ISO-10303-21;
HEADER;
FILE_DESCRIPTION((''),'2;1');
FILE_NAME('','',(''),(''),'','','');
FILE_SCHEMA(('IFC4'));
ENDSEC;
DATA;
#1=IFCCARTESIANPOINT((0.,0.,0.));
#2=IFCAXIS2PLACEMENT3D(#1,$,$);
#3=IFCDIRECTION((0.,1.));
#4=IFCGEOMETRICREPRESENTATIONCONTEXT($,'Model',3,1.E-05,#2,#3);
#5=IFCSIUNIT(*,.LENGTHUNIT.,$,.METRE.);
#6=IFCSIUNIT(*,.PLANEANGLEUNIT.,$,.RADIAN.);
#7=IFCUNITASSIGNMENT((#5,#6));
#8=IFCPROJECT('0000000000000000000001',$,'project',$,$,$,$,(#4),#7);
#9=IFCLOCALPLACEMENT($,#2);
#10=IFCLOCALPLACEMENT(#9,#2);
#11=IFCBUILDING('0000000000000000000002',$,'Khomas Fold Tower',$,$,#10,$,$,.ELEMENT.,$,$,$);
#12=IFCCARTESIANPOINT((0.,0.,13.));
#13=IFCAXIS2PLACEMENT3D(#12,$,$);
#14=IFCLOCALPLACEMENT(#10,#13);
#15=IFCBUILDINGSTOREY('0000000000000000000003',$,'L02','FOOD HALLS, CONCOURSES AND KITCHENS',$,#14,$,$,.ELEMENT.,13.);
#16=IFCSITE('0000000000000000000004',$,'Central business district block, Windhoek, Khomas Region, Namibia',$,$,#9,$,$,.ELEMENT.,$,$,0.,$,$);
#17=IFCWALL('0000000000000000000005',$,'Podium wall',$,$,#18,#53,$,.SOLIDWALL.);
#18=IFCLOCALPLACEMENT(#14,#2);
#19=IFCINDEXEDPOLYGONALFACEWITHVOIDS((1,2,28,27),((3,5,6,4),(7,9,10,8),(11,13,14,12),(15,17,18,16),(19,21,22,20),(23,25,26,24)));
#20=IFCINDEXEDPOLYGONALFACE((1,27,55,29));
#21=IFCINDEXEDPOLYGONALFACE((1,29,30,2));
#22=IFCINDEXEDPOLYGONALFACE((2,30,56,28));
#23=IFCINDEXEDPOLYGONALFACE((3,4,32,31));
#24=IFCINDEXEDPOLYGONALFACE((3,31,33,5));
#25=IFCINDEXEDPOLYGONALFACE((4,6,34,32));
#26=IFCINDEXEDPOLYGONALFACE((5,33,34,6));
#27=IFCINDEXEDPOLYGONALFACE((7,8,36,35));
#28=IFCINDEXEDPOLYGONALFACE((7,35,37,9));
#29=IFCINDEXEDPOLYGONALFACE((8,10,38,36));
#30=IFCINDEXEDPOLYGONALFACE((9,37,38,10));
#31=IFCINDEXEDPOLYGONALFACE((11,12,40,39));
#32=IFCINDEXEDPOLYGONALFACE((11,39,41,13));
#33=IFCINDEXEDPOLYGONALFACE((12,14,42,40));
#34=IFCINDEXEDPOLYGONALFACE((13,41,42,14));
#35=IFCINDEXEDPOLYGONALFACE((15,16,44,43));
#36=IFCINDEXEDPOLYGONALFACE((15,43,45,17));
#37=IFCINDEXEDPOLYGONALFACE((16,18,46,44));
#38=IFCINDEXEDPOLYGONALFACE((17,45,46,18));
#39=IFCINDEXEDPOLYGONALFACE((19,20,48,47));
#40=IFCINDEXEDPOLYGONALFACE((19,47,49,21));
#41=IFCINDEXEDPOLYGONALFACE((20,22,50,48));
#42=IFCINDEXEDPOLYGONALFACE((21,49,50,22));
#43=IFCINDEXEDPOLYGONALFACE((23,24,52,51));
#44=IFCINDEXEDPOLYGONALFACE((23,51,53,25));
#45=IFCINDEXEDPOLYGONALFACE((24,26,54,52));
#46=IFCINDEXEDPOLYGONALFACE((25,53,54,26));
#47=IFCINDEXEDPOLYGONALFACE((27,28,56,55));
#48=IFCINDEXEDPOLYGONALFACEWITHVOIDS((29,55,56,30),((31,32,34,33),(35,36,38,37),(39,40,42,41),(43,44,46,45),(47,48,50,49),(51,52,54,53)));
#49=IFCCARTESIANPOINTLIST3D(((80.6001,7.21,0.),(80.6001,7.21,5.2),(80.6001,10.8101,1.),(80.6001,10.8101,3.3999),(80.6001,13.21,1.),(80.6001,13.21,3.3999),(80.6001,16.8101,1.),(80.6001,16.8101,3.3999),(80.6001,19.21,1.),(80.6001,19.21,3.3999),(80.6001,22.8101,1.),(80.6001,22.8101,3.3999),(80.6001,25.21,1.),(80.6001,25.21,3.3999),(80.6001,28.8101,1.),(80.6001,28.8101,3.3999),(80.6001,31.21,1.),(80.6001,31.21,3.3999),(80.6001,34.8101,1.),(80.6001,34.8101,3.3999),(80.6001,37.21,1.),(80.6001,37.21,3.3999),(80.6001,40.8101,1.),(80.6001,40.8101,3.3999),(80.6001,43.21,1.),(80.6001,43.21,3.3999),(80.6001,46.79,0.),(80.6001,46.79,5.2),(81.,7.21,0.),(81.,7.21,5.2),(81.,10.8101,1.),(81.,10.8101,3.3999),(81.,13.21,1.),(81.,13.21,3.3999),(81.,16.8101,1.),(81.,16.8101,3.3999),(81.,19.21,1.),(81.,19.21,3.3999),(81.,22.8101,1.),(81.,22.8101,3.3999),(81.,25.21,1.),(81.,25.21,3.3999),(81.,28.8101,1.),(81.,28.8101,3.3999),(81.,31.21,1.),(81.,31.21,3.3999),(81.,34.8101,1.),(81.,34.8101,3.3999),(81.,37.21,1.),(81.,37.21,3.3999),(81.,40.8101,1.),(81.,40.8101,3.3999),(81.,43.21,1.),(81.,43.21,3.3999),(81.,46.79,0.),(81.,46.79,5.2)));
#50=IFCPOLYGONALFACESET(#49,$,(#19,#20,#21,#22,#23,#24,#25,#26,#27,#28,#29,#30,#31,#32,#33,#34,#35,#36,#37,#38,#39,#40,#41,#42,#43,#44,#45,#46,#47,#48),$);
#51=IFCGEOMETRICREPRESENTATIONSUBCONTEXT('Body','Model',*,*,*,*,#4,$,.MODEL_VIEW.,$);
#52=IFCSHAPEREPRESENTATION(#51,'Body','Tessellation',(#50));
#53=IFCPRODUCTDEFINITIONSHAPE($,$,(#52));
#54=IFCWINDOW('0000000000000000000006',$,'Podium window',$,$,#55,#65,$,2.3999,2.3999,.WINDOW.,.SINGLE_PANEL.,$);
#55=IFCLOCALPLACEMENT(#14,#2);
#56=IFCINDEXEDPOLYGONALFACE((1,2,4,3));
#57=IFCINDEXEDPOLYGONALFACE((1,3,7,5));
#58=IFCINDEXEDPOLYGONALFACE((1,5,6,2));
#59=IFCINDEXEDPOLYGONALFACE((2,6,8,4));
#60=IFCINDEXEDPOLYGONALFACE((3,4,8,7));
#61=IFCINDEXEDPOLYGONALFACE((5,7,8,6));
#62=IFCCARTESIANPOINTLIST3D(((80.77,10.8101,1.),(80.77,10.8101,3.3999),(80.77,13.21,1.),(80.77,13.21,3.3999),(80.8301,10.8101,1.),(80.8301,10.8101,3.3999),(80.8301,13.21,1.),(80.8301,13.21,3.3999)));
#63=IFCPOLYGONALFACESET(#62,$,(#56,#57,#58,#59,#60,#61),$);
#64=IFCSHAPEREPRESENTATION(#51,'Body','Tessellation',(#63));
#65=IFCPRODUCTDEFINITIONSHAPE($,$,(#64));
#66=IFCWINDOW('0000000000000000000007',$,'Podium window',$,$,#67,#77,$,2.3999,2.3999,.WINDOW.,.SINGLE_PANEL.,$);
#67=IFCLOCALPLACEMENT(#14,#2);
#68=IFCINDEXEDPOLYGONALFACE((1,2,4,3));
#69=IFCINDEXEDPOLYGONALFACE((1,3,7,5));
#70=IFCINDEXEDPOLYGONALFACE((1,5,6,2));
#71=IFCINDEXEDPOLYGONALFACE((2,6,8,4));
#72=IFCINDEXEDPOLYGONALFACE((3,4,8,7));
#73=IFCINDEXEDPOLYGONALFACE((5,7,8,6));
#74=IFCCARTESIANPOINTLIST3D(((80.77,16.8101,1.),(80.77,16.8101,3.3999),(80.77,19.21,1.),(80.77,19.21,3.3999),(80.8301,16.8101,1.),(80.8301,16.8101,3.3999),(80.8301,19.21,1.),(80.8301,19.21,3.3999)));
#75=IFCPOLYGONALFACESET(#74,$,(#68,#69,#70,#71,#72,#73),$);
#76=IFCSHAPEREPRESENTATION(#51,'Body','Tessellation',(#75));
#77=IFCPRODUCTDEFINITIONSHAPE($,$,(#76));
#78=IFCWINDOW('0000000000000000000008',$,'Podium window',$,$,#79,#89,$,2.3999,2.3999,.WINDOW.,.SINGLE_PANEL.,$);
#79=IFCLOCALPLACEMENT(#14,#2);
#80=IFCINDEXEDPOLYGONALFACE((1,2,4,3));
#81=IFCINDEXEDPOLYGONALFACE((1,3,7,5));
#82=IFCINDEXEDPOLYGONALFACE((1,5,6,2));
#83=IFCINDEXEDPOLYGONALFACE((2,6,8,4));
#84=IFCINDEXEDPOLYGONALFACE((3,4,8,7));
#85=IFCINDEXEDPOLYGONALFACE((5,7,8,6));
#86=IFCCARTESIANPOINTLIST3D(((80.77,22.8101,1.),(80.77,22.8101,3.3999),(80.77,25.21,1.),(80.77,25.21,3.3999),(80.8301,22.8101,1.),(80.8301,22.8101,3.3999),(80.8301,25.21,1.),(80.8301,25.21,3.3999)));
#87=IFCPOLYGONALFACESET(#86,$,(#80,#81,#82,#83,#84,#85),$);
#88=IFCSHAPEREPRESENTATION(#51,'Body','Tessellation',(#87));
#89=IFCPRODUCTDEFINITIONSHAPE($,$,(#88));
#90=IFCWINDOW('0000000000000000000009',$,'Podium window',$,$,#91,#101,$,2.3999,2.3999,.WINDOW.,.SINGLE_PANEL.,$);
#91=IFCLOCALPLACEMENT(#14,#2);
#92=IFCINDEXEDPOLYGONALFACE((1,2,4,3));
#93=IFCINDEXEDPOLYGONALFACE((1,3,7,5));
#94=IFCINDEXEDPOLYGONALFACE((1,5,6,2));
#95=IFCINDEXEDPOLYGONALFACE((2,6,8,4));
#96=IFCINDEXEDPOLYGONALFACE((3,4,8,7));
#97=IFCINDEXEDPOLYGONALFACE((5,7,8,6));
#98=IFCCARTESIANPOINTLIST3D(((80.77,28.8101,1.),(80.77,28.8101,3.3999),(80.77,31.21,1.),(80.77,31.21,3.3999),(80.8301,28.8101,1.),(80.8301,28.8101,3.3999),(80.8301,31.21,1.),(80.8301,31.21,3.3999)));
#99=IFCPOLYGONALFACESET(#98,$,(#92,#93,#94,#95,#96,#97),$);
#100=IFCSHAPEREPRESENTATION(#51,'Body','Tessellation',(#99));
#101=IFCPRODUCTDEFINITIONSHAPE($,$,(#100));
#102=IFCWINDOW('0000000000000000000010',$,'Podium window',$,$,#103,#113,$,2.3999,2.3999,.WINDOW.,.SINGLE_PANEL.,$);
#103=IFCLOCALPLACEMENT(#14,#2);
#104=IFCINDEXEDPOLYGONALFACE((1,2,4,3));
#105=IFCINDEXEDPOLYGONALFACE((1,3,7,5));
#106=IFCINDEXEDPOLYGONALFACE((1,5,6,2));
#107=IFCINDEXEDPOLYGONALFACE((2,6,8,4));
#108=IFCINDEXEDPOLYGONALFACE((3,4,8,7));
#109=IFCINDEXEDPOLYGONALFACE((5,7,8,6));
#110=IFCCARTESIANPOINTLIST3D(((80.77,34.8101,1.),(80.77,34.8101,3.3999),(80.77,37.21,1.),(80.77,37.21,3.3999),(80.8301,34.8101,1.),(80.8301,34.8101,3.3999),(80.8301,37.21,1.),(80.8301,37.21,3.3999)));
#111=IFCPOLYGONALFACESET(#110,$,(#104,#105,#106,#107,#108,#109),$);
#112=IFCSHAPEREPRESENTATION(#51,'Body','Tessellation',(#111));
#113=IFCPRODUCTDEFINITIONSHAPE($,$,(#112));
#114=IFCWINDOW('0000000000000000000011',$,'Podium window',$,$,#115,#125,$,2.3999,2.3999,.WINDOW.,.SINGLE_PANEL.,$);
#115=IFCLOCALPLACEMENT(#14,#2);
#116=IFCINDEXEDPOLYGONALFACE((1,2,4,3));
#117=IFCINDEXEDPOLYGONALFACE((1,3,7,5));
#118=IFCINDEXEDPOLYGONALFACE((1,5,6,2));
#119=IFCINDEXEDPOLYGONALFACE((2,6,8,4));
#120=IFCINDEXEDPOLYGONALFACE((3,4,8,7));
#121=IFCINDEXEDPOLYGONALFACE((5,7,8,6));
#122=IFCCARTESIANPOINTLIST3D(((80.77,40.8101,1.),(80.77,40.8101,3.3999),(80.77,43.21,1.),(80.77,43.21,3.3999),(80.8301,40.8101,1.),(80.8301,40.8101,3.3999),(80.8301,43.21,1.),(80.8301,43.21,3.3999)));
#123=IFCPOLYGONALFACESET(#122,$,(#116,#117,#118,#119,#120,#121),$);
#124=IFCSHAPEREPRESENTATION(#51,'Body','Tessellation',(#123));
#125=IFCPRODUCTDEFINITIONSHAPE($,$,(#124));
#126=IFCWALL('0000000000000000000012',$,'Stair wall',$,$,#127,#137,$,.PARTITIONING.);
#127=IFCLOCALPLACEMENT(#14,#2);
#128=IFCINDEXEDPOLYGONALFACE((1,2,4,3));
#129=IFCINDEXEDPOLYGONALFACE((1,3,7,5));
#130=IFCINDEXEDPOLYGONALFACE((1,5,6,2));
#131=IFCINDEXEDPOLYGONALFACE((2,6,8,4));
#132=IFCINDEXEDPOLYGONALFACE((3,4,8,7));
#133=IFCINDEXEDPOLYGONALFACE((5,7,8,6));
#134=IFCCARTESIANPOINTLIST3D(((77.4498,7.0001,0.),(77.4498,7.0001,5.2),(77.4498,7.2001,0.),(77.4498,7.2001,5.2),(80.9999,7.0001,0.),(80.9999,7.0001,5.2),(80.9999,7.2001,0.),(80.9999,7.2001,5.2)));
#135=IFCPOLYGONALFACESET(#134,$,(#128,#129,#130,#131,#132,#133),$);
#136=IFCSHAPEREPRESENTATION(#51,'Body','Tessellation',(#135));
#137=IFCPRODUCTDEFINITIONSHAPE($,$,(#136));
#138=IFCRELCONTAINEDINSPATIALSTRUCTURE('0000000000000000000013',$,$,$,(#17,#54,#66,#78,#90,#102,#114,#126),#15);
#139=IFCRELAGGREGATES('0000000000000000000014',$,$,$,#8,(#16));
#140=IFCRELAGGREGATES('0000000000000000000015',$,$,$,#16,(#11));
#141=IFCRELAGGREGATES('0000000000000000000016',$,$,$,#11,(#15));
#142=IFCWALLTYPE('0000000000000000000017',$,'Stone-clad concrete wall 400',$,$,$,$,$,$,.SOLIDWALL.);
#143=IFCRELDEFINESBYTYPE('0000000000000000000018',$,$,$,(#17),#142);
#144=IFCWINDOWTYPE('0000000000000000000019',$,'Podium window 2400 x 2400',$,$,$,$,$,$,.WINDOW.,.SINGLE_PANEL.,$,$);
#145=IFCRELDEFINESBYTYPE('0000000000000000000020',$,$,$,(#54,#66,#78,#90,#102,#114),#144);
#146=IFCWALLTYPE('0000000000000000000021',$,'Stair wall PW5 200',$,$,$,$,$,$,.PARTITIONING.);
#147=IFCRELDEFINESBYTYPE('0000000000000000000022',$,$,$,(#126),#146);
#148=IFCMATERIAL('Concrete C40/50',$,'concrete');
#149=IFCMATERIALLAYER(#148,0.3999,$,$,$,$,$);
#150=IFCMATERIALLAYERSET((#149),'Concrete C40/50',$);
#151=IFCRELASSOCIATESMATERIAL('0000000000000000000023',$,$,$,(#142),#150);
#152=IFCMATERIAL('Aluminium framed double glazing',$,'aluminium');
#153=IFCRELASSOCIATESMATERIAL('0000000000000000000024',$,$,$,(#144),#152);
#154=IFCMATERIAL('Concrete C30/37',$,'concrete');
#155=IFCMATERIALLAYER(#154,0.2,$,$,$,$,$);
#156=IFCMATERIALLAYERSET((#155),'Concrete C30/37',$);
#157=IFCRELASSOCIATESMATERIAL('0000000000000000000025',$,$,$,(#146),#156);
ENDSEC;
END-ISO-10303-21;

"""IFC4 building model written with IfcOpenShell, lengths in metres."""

from ifc_helpers import new_model, si_unit, direction, frame, frame_2d, origin, place, context, subcontext, project, spatial, rectangle, extrude, source, transform, mapped, material, layer, layer_set, type_object, element, fill, save


model = new_model("IFC4")

# Units and contexts
model_context = context("Model", 3, precision=1e-05, world=origin(), true_north=direction((0.0, 1.0)))
body_context = subcontext(model_context, "Body", "Model", "MODEL_VIEW")
ifc_project = project(units=[si_unit("LENGTHUNIT", "METRE"), si_unit("PLANEANGLEUNIT", "RADIAN")], contexts=[model_context])

# Site, building, storey
site_placement = place(None, origin())
site = spatial("IfcSite", under=ifc_project, at=site_placement, Name="Central business district block, Windhoek, Khomas Region, Namibia", CompositionType="ELEMENT", RefElevation=0.0)
building_placement = place(site_placement, origin())
building = spatial("IfcBuilding", under=site, at=building_placement, Name="Khomas Fold Tower", CompositionType="ELEMENT")
storey_placement = place(building_placement, frame((0.0, 0.0, 13.0)))
storey = spatial("IfcBuildingStorey", under=building, at=storey_placement, Name="L02", Description="FOOD HALLS, CONCOURSES AND KITCHENS", CompositionType="ELEMENT", Elevation=13.0)

# Wall, openings, windows
ifc_material_1 = material(Name="Concrete C40/50", Category="concrete")
ifc_layer_1 = layer(ifc_material_1, 0.3999)
ifc_layer_set_1 = layer_set([ifc_layer_1], Name="Concrete C40/50")
wall_type_1 = type_object("IfcWallType", Name="Stone-clad concrete wall 400", PredefinedType="SOLIDWALL", material=ifc_layer_set_1)
shared_shape_1 = source(origin(), body_context, "Body", "SweptSolid", [
    extrude(rectangle(XDim=39.5801, YDim=0.3999, at=frame_2d((19.79, 0.0))), origin(), (0.0, 0.0, 1.0), 5.2),
])
wall_1_placement = place(storey_placement, frame((80.8, 7.21, 0.0), z_axis=(0.0, 0.0, 1.0), x_axis=(0.0, 1.0, 0.0)))
wall_1 = element("IfcWall", 1, at=wall_1_placement, inside=storey, type_object=wall_type_1, Name="Podium wall", PredefinedType="SOLIDWALL", context=body_context, shape_type="MappedRepresentation", body=[
    mapped(shared_shape_1, transform((0.0, 0.0, 0.0))),
])
shared_shape_2 = source(origin(), body_context, "Body", "SweptSolid", [
    extrude(rectangle(XDim=2.3999, YDim=2.3999, at=frame_2d((1.2, 1.2))), frame((0.0, 0.21, 0.0), z_axis=(0.0, -1.0, 0.0), x_axis=(1.0, 0.0, 0.0)), (0.0, 0.0, 1.0), 0.4199),
])
opening_1_placement = place(wall_1_placement, frame((3.6001, 0.0, 1.0)))
opening_1 = element("IfcOpeningElement", 2, at=opening_1_placement, cuts=wall_1, PredefinedType="OPENING", context=body_context, shape_type="MappedRepresentation", body=[
    mapped(shared_shape_2, transform((0.0, 0.0, 0.0))),
])
opening_2_placement = place(wall_1_placement, frame((9.6001, 0.0, 1.0)))
opening_2 = element("IfcOpeningElement", 3, at=opening_2_placement, cuts=wall_1, PredefinedType="OPENING", context=body_context, shape_type="MappedRepresentation", body=[
    mapped(shared_shape_2, transform((0.0, 0.0, 0.0))),
])
opening_3_placement = place(wall_1_placement, frame((15.6001, 0.0, 1.0)))
opening_3 = element("IfcOpeningElement", 4, at=opening_3_placement, cuts=wall_1, PredefinedType="OPENING", context=body_context, shape_type="MappedRepresentation", body=[
    mapped(shared_shape_2, transform((0.0, 0.0, 0.0))),
])
opening_4_placement = place(wall_1_placement, frame((21.6001, 0.0, 1.0)))
opening_4 = element("IfcOpeningElement", 5, at=opening_4_placement, cuts=wall_1, PredefinedType="OPENING", context=body_context, shape_type="MappedRepresentation", body=[
    mapped(shared_shape_2, transform((0.0, 0.0, 0.0))),
])
opening_5_placement = place(wall_1_placement, frame((27.6001, 0.0, 1.0)))
opening_5 = element("IfcOpeningElement", 6, at=opening_5_placement, cuts=wall_1, PredefinedType="OPENING", context=body_context, shape_type="MappedRepresentation", body=[
    mapped(shared_shape_2, transform((0.0, 0.0, 0.0))),
])
opening_6_placement = place(wall_1_placement, frame((33.6001, 0.0, 1.0)))
opening_6 = element("IfcOpeningElement", 7, at=opening_6_placement, cuts=wall_1, PredefinedType="OPENING", context=body_context, shape_type="MappedRepresentation", body=[
    mapped(shared_shape_2, transform((0.0, 0.0, 0.0))),
])
ifc_material_2 = material(Name="Aluminium framed double glazing", Category="aluminium")
window_type = type_object("IfcWindowType", Name="Podium window 2400 x 2400", PartitioningType="SINGLE_PANEL", PredefinedType="WINDOW", material=ifc_material_2)
shared_shape_3 = source(origin(), body_context, "Body", "SweptSolid", [
    extrude(rectangle(XDim=2.3999, YDim=2.3999, at=frame_2d((1.2, 1.2))), frame((0.0, 0.03, 0.0), z_axis=(0.0, -1.0, 0.0), x_axis=(1.0, 0.0, 0.0)), (0.0, 0.0, 1.0), 0.0601),
])
window_1_placement = place(opening_1_placement, origin())
window_1 = element("IfcWindow", 8, at=window_1_placement, inside=storey, type_object=window_type, Name="Podium window", OverallHeight=2.3999, OverallWidth=2.3999, PartitioningType="SINGLE_PANEL", PredefinedType="WINDOW", context=body_context, shape_type="MappedRepresentation", body=[
    mapped(shared_shape_3, transform((0.0, 0.0, 0.0))),
])
fill(opening_1, window_1)
window_2_placement = place(opening_2_placement, origin())
window_2 = element("IfcWindow", 9, at=window_2_placement, inside=storey, type_object=window_type, Name="Podium window", OverallHeight=2.3999, OverallWidth=2.3999, PartitioningType="SINGLE_PANEL", PredefinedType="WINDOW", context=body_context, shape_type="MappedRepresentation", body=[
    mapped(shared_shape_3, transform((0.0, 0.0, 0.0))),
])
fill(opening_2, window_2)
window_3_placement = place(opening_3_placement, origin())
window_3 = element("IfcWindow", 10, at=window_3_placement, inside=storey, type_object=window_type, Name="Podium window", OverallHeight=2.3999, OverallWidth=2.3999, PartitioningType="SINGLE_PANEL", PredefinedType="WINDOW", context=body_context, shape_type="MappedRepresentation", body=[
    mapped(shared_shape_3, transform((0.0, 0.0, 0.0))),
])
fill(opening_3, window_3)
window_4_placement = place(opening_4_placement, origin())
window_4 = element("IfcWindow", 11, at=window_4_placement, inside=storey, type_object=window_type, Name="Podium window", OverallHeight=2.3999, OverallWidth=2.3999, PartitioningType="SINGLE_PANEL", PredefinedType="WINDOW", context=body_context, shape_type="MappedRepresentation", body=[
    mapped(shared_shape_3, transform((0.0, 0.0, 0.0))),
])
fill(opening_4, window_4)
window_5_placement = place(opening_5_placement, origin())
window_5 = element("IfcWindow", 12, at=window_5_placement, inside=storey, type_object=window_type, Name="Podium window", OverallHeight=2.3999, OverallWidth=2.3999, PartitioningType="SINGLE_PANEL", PredefinedType="WINDOW", context=body_context, shape_type="MappedRepresentation", body=[
    mapped(shared_shape_3, transform((0.0, 0.0, 0.0))),
])
fill(opening_5, window_5)
window_6_placement = place(opening_6_placement, origin())
window_6 = element("IfcWindow", 13, at=window_6_placement, inside=storey, type_object=window_type, Name="Podium window", OverallHeight=2.3999, OverallWidth=2.3999, PartitioningType="SINGLE_PANEL", PredefinedType="WINDOW", context=body_context, shape_type="MappedRepresentation", body=[
    mapped(shared_shape_3, transform((0.0, 0.0, 0.0))),
])
fill(opening_6, window_6)

# Wall
ifc_material_3 = material(Name="Concrete C30/37", Category="concrete")
ifc_layer_2 = layer(ifc_material_3, 0.2)
ifc_layer_set_2 = layer_set([ifc_layer_2], Name="Concrete C30/37")
wall_type_2 = type_object("IfcWallType", Name="Stair wall PW5 200", PredefinedType="PARTITIONING", material=ifc_layer_set_2)
shared_shape_4 = source(origin(), body_context, "Body", "SweptSolid", [
    extrude(rectangle(XDim=3.55, YDim=0.2, at=frame_2d((1.7749, 0.0))), origin(), (0.0, 0.0, 1.0), 5.2),
])
wall_2_placement = place(storey_placement, frame((77.45, 7.1001, 0.0), z_axis=(0.0, 0.0, 1.0), x_axis=(1.0, 0.0, 0.0)))
element("IfcWall", 14, at=wall_2_placement, inside=storey, type_object=wall_type_2, Name="Stair wall", PredefinedType="PARTITIONING", context=body_context, shape_type="MappedRepresentation", body=[
    mapped(shared_shape_4, transform((0.0, 0.0, 0.0))),
])

save(model, "model.ifc")
